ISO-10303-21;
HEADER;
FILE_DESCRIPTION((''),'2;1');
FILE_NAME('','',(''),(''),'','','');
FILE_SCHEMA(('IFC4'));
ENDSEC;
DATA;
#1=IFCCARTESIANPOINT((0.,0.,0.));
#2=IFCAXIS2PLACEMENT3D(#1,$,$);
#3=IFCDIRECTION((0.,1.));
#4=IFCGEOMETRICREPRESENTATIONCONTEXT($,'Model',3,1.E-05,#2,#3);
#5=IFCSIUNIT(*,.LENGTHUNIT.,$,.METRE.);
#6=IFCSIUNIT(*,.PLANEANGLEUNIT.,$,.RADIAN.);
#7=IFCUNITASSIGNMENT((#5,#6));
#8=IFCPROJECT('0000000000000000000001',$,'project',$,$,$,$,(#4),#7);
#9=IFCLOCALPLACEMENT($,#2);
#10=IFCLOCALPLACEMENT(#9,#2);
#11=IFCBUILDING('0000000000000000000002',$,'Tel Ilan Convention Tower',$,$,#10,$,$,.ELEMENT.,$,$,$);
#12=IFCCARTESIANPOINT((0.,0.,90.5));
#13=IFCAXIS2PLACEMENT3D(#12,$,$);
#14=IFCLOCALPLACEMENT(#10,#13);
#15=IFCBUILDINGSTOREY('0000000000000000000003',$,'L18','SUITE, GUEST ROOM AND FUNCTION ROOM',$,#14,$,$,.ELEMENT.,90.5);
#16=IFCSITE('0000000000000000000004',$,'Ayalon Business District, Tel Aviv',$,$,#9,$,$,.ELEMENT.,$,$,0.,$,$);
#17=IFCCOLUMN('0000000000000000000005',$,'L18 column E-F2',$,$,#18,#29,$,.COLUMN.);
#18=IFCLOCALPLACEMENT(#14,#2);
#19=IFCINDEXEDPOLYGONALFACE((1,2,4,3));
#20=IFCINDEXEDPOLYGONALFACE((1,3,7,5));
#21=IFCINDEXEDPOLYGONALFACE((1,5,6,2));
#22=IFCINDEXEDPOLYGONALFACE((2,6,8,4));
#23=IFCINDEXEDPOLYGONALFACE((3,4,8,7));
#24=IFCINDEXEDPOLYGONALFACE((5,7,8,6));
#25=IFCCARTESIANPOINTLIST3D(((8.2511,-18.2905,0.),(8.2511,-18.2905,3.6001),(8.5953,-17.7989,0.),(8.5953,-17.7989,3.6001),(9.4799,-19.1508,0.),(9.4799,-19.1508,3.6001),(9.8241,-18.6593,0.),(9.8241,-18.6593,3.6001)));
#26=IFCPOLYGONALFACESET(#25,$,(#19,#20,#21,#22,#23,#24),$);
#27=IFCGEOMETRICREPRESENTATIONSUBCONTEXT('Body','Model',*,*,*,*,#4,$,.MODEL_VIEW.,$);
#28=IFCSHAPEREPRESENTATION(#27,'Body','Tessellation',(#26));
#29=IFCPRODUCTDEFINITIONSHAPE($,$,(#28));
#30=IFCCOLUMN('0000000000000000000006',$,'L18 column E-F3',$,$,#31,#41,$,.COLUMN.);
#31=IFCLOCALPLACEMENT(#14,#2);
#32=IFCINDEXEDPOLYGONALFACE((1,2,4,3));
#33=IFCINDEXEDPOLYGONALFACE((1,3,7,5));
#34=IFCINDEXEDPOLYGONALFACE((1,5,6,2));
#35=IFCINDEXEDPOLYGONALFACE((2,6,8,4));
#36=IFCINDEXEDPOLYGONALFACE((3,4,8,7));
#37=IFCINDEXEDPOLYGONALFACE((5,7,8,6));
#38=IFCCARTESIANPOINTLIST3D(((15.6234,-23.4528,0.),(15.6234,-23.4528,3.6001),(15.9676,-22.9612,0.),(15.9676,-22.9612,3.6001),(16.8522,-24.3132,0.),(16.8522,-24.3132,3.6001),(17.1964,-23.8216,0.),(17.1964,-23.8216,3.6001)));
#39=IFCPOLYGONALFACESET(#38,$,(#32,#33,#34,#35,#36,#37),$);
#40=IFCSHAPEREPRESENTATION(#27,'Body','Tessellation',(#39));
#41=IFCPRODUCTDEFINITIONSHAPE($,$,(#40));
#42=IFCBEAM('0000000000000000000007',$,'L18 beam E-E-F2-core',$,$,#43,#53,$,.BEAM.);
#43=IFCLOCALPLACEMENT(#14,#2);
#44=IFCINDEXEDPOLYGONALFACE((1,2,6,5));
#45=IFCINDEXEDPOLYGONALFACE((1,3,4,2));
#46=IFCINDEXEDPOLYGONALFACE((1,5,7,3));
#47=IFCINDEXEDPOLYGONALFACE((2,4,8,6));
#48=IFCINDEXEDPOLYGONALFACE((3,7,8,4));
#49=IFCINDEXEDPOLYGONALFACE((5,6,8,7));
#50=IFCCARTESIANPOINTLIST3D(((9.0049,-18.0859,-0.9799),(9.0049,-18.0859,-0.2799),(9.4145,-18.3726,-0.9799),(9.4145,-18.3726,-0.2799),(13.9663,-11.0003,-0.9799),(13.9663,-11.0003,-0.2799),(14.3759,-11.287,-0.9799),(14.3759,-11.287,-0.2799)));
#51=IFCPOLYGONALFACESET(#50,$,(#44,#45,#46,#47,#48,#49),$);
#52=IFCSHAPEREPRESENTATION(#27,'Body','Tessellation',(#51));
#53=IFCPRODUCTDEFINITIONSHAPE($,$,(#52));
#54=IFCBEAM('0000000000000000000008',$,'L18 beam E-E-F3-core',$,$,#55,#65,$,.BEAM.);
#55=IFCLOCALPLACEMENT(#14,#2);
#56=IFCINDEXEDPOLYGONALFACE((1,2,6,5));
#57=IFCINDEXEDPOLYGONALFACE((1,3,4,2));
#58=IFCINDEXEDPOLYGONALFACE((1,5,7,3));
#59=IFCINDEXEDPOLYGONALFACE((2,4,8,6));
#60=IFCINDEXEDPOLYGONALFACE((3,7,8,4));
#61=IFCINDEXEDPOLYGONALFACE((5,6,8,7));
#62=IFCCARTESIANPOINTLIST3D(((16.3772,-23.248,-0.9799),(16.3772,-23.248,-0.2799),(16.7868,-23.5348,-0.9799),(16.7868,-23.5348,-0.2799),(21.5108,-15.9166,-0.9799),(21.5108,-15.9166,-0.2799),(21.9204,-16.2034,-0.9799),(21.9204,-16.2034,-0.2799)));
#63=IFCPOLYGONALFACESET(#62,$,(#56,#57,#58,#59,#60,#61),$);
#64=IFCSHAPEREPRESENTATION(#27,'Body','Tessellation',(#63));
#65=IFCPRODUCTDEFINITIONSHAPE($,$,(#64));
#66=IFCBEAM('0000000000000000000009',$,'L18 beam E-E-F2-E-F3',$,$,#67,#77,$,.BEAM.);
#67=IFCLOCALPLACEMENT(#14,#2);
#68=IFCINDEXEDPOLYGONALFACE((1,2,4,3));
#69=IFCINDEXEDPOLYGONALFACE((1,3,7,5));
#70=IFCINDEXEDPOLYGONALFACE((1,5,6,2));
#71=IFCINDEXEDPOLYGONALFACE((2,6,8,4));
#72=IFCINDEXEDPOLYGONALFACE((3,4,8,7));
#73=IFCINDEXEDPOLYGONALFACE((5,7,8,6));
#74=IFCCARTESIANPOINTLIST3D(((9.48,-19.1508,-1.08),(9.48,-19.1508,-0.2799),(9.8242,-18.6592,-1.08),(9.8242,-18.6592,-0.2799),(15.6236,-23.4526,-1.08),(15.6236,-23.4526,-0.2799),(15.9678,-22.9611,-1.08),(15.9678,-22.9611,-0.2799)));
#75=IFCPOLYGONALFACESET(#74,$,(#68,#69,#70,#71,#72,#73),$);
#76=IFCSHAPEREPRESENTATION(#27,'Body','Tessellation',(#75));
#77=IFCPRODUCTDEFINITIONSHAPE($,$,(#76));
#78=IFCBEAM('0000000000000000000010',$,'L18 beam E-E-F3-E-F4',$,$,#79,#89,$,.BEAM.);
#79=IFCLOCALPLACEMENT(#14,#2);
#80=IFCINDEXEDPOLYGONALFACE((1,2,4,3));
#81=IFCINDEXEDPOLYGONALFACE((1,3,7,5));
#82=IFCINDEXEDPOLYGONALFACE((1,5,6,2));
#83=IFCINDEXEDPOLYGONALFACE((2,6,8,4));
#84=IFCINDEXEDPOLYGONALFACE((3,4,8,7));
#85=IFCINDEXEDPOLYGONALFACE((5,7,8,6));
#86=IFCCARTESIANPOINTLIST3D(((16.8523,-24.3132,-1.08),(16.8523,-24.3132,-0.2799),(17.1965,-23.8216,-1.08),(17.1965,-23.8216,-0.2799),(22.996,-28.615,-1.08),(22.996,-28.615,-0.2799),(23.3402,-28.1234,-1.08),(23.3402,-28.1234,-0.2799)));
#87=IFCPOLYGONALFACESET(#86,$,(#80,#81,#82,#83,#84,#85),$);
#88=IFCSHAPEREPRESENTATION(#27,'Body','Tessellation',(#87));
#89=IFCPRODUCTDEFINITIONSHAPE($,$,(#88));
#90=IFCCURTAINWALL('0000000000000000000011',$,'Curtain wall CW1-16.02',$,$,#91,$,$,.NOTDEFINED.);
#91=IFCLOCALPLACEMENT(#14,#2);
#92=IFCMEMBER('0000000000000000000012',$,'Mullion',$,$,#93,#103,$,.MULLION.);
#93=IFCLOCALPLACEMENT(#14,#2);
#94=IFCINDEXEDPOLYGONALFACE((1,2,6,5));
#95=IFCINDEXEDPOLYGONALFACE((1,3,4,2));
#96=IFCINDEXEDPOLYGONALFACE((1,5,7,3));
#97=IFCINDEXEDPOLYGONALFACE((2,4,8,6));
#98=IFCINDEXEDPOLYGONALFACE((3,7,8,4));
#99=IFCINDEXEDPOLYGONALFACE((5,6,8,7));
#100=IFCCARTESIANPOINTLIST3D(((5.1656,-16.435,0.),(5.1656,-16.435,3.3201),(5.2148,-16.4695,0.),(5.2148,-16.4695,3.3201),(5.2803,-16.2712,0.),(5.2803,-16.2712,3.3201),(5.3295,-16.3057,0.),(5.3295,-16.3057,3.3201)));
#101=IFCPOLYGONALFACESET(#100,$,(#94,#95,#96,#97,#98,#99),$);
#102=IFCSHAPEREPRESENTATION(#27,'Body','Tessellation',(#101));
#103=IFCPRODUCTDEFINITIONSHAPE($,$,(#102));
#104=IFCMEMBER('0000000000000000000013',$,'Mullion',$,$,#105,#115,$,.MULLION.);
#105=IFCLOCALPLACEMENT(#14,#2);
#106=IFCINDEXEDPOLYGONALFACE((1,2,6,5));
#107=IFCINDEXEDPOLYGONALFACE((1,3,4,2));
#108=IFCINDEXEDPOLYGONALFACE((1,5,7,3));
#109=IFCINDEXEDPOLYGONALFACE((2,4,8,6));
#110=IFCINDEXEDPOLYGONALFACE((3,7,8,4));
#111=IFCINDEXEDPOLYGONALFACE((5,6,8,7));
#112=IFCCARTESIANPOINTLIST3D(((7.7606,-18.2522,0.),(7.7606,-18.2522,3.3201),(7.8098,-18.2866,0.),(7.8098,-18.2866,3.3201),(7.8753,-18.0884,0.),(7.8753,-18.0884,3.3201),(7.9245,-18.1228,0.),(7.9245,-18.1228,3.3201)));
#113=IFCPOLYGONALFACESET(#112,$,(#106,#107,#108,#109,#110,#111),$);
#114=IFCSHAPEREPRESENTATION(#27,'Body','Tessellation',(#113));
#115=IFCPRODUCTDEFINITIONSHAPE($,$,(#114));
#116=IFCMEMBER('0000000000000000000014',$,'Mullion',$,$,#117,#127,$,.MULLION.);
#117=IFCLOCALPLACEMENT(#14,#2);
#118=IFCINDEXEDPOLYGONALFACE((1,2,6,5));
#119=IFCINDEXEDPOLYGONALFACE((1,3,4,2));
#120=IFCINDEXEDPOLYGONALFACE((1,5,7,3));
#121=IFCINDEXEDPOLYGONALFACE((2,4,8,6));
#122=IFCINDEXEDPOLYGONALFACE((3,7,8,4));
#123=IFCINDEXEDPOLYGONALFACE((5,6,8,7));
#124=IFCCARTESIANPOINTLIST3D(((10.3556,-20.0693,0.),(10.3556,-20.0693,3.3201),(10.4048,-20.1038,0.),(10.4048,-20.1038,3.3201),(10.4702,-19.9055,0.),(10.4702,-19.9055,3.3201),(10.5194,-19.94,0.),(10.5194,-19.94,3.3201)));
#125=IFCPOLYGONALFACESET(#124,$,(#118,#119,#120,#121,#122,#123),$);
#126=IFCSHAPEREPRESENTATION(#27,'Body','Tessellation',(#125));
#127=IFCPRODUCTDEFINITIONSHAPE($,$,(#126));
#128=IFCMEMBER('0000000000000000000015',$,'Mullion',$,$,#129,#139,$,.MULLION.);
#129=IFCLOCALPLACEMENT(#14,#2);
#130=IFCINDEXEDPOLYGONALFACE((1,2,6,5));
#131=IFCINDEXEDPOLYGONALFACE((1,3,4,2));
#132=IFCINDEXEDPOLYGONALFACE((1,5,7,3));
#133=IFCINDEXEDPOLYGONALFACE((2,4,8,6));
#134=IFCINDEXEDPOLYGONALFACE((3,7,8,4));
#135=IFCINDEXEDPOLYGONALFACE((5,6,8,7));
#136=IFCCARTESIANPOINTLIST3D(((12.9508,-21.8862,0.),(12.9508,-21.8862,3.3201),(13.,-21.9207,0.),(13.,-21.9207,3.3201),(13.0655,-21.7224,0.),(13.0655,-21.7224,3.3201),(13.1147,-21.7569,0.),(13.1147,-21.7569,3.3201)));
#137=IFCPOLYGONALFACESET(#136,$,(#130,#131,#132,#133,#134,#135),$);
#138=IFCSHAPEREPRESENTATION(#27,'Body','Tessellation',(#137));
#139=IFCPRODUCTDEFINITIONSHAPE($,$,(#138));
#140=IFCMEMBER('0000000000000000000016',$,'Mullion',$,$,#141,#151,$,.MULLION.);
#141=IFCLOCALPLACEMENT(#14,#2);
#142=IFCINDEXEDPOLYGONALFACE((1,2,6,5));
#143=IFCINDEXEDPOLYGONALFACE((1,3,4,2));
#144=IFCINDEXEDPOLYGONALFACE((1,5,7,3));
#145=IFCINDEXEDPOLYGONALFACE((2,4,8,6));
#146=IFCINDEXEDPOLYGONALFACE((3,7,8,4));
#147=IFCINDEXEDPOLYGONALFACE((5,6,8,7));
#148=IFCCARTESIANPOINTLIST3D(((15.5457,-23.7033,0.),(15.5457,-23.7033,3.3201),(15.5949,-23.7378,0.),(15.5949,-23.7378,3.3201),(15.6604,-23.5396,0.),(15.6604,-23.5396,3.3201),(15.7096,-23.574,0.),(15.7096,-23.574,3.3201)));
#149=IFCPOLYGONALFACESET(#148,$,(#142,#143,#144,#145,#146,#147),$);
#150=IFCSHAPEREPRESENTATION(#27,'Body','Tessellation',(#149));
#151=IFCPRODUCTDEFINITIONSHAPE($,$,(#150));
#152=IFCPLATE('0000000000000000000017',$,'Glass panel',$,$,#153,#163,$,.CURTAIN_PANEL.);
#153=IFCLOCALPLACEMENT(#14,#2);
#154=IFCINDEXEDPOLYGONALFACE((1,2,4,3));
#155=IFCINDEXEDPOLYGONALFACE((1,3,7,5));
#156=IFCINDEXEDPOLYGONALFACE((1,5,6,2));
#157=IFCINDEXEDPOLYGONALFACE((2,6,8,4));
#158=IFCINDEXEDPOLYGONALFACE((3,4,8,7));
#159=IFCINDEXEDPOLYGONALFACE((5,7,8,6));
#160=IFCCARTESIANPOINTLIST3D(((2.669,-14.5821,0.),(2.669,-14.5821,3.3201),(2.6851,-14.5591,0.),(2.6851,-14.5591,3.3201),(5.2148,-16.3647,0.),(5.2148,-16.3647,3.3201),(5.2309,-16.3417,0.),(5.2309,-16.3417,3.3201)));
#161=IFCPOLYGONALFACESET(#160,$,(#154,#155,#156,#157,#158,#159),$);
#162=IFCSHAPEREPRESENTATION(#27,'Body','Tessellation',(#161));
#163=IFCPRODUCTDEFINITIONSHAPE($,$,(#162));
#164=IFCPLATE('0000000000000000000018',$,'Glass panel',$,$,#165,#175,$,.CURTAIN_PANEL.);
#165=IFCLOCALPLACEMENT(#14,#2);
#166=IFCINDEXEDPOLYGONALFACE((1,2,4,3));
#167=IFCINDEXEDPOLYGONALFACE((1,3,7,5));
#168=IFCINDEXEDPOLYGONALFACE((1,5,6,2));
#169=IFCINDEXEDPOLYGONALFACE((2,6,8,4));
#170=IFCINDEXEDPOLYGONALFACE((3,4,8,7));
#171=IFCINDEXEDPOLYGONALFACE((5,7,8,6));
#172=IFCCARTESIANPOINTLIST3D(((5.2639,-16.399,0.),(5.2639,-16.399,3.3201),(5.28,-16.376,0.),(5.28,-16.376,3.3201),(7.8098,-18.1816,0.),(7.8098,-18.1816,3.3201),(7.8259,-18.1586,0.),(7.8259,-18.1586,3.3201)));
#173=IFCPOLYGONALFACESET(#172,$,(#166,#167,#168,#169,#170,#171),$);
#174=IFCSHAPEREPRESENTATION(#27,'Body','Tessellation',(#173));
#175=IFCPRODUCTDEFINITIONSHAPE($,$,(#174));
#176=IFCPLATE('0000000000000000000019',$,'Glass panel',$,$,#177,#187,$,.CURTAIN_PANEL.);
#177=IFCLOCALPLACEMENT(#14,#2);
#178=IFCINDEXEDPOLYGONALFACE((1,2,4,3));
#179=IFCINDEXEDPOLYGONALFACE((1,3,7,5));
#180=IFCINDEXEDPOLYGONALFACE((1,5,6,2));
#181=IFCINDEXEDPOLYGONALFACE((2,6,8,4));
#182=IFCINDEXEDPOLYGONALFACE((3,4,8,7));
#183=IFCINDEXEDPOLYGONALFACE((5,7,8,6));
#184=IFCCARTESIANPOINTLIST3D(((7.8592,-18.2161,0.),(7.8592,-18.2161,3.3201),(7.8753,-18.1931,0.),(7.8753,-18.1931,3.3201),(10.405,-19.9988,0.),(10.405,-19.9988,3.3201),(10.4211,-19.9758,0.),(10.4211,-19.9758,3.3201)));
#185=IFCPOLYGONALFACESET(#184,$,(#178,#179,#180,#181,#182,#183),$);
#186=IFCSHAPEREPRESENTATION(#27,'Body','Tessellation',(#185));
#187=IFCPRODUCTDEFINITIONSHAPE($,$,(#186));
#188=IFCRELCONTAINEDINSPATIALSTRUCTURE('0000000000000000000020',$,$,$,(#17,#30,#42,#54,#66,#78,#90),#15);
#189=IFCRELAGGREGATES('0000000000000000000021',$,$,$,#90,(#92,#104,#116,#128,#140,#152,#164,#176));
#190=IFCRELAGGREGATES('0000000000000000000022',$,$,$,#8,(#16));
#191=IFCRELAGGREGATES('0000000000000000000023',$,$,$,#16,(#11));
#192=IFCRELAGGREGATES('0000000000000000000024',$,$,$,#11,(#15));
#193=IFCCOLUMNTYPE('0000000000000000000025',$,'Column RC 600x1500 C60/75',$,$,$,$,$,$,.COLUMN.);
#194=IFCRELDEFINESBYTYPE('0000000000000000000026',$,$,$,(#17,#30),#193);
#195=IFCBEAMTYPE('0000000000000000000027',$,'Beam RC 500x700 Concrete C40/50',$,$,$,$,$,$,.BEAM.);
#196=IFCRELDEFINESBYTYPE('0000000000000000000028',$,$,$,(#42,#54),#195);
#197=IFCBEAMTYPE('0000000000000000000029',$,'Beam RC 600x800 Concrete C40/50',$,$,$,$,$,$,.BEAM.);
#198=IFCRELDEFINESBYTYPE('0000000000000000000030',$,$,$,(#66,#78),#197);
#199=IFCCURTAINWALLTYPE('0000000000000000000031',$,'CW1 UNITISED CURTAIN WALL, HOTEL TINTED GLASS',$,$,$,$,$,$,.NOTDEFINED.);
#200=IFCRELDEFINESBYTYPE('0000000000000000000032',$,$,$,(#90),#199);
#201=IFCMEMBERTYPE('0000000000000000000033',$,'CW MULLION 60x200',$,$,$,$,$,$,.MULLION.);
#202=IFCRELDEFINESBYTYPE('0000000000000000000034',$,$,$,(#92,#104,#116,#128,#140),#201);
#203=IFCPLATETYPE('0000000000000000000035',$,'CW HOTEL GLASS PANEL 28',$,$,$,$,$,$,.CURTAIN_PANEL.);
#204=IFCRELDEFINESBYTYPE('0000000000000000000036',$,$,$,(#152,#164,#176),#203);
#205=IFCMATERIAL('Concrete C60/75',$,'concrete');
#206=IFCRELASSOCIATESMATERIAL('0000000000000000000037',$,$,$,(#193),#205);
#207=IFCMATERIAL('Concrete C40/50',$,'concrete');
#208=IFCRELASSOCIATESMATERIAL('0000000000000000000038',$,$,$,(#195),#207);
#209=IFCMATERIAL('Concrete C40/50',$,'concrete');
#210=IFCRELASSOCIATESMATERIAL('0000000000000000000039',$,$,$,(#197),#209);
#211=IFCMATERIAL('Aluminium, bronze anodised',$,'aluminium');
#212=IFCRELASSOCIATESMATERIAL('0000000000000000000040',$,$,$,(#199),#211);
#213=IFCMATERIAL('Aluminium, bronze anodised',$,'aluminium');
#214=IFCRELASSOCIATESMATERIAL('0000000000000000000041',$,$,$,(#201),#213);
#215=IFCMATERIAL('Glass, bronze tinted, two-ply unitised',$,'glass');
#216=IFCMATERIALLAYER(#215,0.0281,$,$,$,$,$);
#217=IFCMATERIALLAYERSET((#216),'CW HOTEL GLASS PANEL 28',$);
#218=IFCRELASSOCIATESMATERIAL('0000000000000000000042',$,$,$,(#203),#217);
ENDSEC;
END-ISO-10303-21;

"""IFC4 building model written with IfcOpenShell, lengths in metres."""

from ifc_helpers import new_model, si_unit, direction, frame, origin, origin_2d, place, context, subcontext, project, spatial, rectangle, extrude, material, layer, layer_set, material_profile, profile_set, type_object, element, aggregate, save


model = new_model("IFC4")

# Units and contexts
model_context = context("Model", 3, precision=1e-05, world=origin(), true_north=direction((0.0, 1.0)))
body_context = subcontext(model_context, "Body", "Model", "MODEL_VIEW")
ifc_project = project(units=[si_unit("LENGTHUNIT", "METRE"), si_unit("PLANEANGLEUNIT", "RADIAN")], contexts=[model_context])

# Site, building, storey
site_placement = place(None, origin())
site = spatial("IfcSite", under=ifc_project, at=site_placement, Name="Ayalon Business District, Tel Aviv", CompositionType="ELEMENT", RefElevation=0.0)
building_placement = place(site_placement, origin())
building = spatial("IfcBuilding", under=site, at=building_placement, Name="Tel Ilan Convention Tower", CompositionType="ELEMENT")
storey_placement = place(building_placement, frame((0.0, 0.0, 90.5)))
storey = spatial("IfcBuildingStorey", under=building, at=storey_placement, Name="L18", Description="SUITE, GUEST ROOM AND FUNCTION ROOM", CompositionType="ELEMENT", Elevation=90.5)

# Columns
ifc_material_1 = material(Name="Concrete C60/75", Category="concrete")
ifc_material_profile_1 = material_profile(ifc_material_1, rectangle(XDim=1.5, YDim=0.6001, at=origin_2d()), Name="RC 600x1500")
ifc_profile_set_1 = profile_set([ifc_material_profile_1], Name="Concrete C60/75")
column_type = type_object("IfcColumnType", Name="Column RC 600x1500 C60/75", PredefinedType="COLUMN", material=ifc_profile_set_1)
for number, where, z_axis, x_axis, name in (
    (1, (9.0376, -18.4749, 0.0), (0.0, 0.0, 1.0), (0.819152, -0.573576, 0.0), "L18 column E-F2"),
    (2, (16.4099, -23.6372, 0.0), (0.0, 0.0, 1.0), (0.819152, -0.573576, 0.0), "L18 column E-F3"),
):
    element("IfcColumn", number, at=place(storey_placement, frame(where, z_axis=z_axis, x_axis=x_axis)), inside=storey, type_object=column_type, Name=name, PredefinedType="COLUMN", context=body_context, shape_type="SweptSolid", body=[
        extrude(rectangle(XDim=1.5, YDim=0.6001, at=origin_2d()), origin(), (0.0, 0.0, 1.0), 3.6001),
    ])

# Beams
ifc_material_2 = material(Name="Concrete C40/50", Category="concrete")
ifc_material_profile_2 = material_profile(ifc_material_2, rectangle(XDim=0.5, YDim=0.7, at=origin_2d()), Name="RC 500x700")
ifc_profile_set_2 = profile_set([ifc_material_profile_2], Name="Concrete C40/50")
beam_type_1 = type_object("IfcBeamType", Name="Beam RC 500x700 Concrete C40/50", PredefinedType="BEAM", material=ifc_profile_set_2)
beam_1_placement = place(storey_placement, frame((9.2097, -18.2292, -0.6299), z_axis=(0.573574, 0.819154, 0.0), x_axis=(-0.819154, 0.573574, 0.0)))
element("IfcBeam", 3, at=beam_1_placement, inside=storey, type_object=beam_type_1, Name="L18 beam E-E-F2-core", PredefinedType="BEAM", context=body_context, shape_type="SweptSolid", body=[
    extrude(rectangle(XDim=0.5, YDim=0.7, at=origin_2d()), origin(), (0.0, 0.0, 1.0), 8.6499),
])
beam_2_placement = place(storey_placement, frame((16.582, -23.3914, -0.6299), z_axis=(0.573585, 0.819146, 0.0), x_axis=(-0.819146, 0.573585, 0.0)))
element("IfcBeam", 4, at=beam_2_placement, inside=storey, type_object=beam_type_1, Name="L18 beam E-E-F3-core", PredefinedType="BEAM", context=body_context, shape_type="SweptSolid", body=[
    extrude(rectangle(XDim=0.5, YDim=0.7, at=origin_2d()), origin(), (0.0, 0.0, 1.0), 8.95),
])
ifc_material_3 = material(Name="Concrete C40/50", Category="concrete")
ifc_material_profile_3 = material_profile(ifc_material_3, rectangle(XDim=0.6001, YDim=0.8, at=origin_2d()), Name="RC 600x800")
ifc_profile_set_3 = profile_set([ifc_material_profile_3], Name="Concrete C40/50")
beam_type_2 = type_object("IfcBeamType", Name="Beam RC 600x800 Concrete C40/50", PredefinedType="BEAM", material=ifc_profile_set_3)
for number, where, z_axis, x_axis, name in (
    (5, (9.6521, -18.905, -0.6799), (0.819152, -0.573576, 0.0), (0.573576, 0.819152, 0.0), "L18 beam E-E-F2-E-F3"),
    (6, (17.0244, -24.0674, -0.6799), (0.819152, -0.573576, 0.0), (0.573576, 0.819152, 0.0), "L18 beam E-E-F3-E-F4"),
):
    element("IfcBeam", number, at=place(storey_placement, frame(where, z_axis=z_axis, x_axis=x_axis)), inside=storey, type_object=beam_type_2, Name=name, PredefinedType="BEAM", context=body_context, shape_type="SweptSolid", body=[
        extrude(rectangle(XDim=0.6001, YDim=0.8, at=origin_2d()), origin(), (0.0, 0.0, 1.0), 7.5),
    ])

# Curtain wall, members, plates
ifc_material_4 = material(Name="Aluminium, bronze anodised", Category="aluminium")
curtain_wall_type = type_object("IfcCurtainWallType", Name="CW1 UNITISED CURTAIN WALL, HOTEL TINTED GLASS", PredefinedType="NOTDEFINED", material=ifc_material_4)
curtain_wall_placement = place(storey_placement, origin())
curtain_wall = element("IfcCurtainWall", 7, at=curtain_wall_placement, inside=storey, type_object=curtain_wall_type, Name="Curtain wall CW1-16.02", PredefinedType="NOTDEFINED")
ifc_material_5 = material(Name="Aluminium, bronze anodised", Category="aluminium")
ifc_material_profile_4 = material_profile(ifc_material_5, rectangle(XDim=0.0601, YDim=0.2, at=origin_2d()), Name="CW MULLION 60x200")
ifc_profile_set_4 = profile_set([ifc_material_profile_4], Name="Aluminium, bronze anodised")
member_type = type_object("IfcMemberType", Name="CW MULLION 60x200", PredefinedType="MULLION", material=ifc_profile_set_4)
member_1_placement = place(storey_placement, frame((5.2476, -16.3704, 0.0), z_axis=(0.0, 0.0, 1.0), x_axis=(0.819152, -0.573576, 0.0)))
member_1 = element("IfcMember", 8, at=member_1_placement, type_object=member_type, Name="Mullion", PredefinedType="MULLION", context=body_context, shape_type="SweptSolid", body=[
    extrude(rectangle(XDim=0.0601, YDim=0.2, at=origin_2d()), origin(), (0.0, 0.0, 1.0), 3.3201),
])
member_2_placement = place(storey_placement, frame((7.8425, -18.1875, 0.0), z_axis=(0.0, 0.0, 1.0), x_axis=(0.819152, -0.573576, 0.0)))
member_2 = element("IfcMember", 9, at=member_2_placement, type_object=member_type, Name="Mullion", PredefinedType="MULLION", context=body_context, shape_type="SweptSolid", body=[
    extrude(rectangle(XDim=0.0601, YDim=0.2, at=origin_2d()), origin(), (0.0, 0.0, 1.0), 3.3201),
])
member_3_placement = place(storey_placement, frame((10.4375, -20.0046, 0.0), z_axis=(0.0, 0.0, 1.0), x_axis=(0.819152, -0.573576, 0.0)))
member_3 = element("IfcMember", 10, at=member_3_placement, type_object=member_type, Name="Mullion", PredefinedType="MULLION", context=body_context, shape_type="SweptSolid", body=[
    extrude(rectangle(XDim=0.0601, YDim=0.2, at=origin_2d()), origin(), (0.0, 0.0, 1.0), 3.3201),
])
member_4_placement = place(storey_placement, frame((13.0327, -21.8215, 0.0), z_axis=(0.0, 0.0, 1.0), x_axis=(0.819152, -0.573576, 0.0)))
member_4 = element("IfcMember", 11, at=member_4_placement, type_object=member_type, Name="Mullion", PredefinedType="MULLION", context=body_context, shape_type="SweptSolid", body=[
    extrude(rectangle(XDim=0.0601, YDim=0.2, at=origin_2d()), origin(), (0.0, 0.0, 1.0), 3.3201),
])
member_5_placement = place(storey_placement, frame((15.6277, -23.6387, 0.0), z_axis=(0.0, 0.0, 1.0), x_axis=(0.819152, -0.573576, 0.0)))
member_5 = element("IfcMember", 12, at=member_5_placement, type_object=member_type, Name="Mullion", PredefinedType="MULLION", context=body_context, shape_type="SweptSolid", body=[
    extrude(rectangle(XDim=0.0601, YDim=0.2, at=origin_2d()), origin(), (0.0, 0.0, 1.0), 3.3201),
])
ifc_material_6 = material(Name="Glass, bronze tinted, two-ply unitised", Category="glass")
ifc_layer_1 = layer(ifc_material_6, 0.0281)
ifc_layer_set_1 = layer_set([ifc_layer_1], Name="CW HOTEL GLASS PANEL 28")
plate_type = type_object("IfcPlateType", Name="CW HOTEL GLASS PANEL 28", PredefinedType="CURTAIN_PANEL", material=ifc_layer_set_1)
plate_1_placement = place(storey_placement, frame((3.95, -15.4619, 0.0), z_axis=(0.0, 0.0, 1.0), x_axis=(0.819152, -0.573576, 0.0)))
plate_1 = element("IfcPlate", 13, at=plate_1_placement, type_object=plate_type, Name="Glass panel", PredefinedType="CURTAIN_PANEL", context=body_context, shape_type="SweptSolid", body=[
    extrude(rectangle(XDim=3.1079, YDim=0.0281, at=origin_2d()), origin(), (0.0, 0.0, 1.0), 3.3201),
])
plate_2_placement = place(storey_placement, frame((6.5449, -17.2788, 0.0), z_axis=(0.0, 0.0, 1.0), x_axis=(0.819152, -0.573576, 0.0)))
plate_2 = element("IfcPlate", 14, at=plate_2_placement, type_object=plate_type, Name="Glass panel", PredefinedType="CURTAIN_PANEL", context=body_context, shape_type="SweptSolid", body=[
    extrude(rectangle(XDim=3.1079, YDim=0.0281, at=origin_2d()), origin(), (0.0, 0.0, 1.0), 3.3201),
])
plate_3_placement = place(storey_placement, frame((9.1401, -19.0959, 0.0), z_axis=(0.0, 0.0, 1.0), x_axis=(0.819152, -0.573576, 0.0)))
plate_3 = element("IfcPlate", 15, at=plate_3_placement, type_object=plate_type, Name="Glass panel", PredefinedType="CURTAIN_PANEL", context=body_context, shape_type="SweptSolid", body=[
    extrude(rectangle(XDim=3.1079, YDim=0.0281, at=origin_2d()), origin(), (0.0, 0.0, 1.0), 3.3201),
])
aggregate(curtain_wall, [member_1, member_2, member_3, member_4, member_5, plate_1, plate_2, plate_3])

save(model, "model.ifc")
